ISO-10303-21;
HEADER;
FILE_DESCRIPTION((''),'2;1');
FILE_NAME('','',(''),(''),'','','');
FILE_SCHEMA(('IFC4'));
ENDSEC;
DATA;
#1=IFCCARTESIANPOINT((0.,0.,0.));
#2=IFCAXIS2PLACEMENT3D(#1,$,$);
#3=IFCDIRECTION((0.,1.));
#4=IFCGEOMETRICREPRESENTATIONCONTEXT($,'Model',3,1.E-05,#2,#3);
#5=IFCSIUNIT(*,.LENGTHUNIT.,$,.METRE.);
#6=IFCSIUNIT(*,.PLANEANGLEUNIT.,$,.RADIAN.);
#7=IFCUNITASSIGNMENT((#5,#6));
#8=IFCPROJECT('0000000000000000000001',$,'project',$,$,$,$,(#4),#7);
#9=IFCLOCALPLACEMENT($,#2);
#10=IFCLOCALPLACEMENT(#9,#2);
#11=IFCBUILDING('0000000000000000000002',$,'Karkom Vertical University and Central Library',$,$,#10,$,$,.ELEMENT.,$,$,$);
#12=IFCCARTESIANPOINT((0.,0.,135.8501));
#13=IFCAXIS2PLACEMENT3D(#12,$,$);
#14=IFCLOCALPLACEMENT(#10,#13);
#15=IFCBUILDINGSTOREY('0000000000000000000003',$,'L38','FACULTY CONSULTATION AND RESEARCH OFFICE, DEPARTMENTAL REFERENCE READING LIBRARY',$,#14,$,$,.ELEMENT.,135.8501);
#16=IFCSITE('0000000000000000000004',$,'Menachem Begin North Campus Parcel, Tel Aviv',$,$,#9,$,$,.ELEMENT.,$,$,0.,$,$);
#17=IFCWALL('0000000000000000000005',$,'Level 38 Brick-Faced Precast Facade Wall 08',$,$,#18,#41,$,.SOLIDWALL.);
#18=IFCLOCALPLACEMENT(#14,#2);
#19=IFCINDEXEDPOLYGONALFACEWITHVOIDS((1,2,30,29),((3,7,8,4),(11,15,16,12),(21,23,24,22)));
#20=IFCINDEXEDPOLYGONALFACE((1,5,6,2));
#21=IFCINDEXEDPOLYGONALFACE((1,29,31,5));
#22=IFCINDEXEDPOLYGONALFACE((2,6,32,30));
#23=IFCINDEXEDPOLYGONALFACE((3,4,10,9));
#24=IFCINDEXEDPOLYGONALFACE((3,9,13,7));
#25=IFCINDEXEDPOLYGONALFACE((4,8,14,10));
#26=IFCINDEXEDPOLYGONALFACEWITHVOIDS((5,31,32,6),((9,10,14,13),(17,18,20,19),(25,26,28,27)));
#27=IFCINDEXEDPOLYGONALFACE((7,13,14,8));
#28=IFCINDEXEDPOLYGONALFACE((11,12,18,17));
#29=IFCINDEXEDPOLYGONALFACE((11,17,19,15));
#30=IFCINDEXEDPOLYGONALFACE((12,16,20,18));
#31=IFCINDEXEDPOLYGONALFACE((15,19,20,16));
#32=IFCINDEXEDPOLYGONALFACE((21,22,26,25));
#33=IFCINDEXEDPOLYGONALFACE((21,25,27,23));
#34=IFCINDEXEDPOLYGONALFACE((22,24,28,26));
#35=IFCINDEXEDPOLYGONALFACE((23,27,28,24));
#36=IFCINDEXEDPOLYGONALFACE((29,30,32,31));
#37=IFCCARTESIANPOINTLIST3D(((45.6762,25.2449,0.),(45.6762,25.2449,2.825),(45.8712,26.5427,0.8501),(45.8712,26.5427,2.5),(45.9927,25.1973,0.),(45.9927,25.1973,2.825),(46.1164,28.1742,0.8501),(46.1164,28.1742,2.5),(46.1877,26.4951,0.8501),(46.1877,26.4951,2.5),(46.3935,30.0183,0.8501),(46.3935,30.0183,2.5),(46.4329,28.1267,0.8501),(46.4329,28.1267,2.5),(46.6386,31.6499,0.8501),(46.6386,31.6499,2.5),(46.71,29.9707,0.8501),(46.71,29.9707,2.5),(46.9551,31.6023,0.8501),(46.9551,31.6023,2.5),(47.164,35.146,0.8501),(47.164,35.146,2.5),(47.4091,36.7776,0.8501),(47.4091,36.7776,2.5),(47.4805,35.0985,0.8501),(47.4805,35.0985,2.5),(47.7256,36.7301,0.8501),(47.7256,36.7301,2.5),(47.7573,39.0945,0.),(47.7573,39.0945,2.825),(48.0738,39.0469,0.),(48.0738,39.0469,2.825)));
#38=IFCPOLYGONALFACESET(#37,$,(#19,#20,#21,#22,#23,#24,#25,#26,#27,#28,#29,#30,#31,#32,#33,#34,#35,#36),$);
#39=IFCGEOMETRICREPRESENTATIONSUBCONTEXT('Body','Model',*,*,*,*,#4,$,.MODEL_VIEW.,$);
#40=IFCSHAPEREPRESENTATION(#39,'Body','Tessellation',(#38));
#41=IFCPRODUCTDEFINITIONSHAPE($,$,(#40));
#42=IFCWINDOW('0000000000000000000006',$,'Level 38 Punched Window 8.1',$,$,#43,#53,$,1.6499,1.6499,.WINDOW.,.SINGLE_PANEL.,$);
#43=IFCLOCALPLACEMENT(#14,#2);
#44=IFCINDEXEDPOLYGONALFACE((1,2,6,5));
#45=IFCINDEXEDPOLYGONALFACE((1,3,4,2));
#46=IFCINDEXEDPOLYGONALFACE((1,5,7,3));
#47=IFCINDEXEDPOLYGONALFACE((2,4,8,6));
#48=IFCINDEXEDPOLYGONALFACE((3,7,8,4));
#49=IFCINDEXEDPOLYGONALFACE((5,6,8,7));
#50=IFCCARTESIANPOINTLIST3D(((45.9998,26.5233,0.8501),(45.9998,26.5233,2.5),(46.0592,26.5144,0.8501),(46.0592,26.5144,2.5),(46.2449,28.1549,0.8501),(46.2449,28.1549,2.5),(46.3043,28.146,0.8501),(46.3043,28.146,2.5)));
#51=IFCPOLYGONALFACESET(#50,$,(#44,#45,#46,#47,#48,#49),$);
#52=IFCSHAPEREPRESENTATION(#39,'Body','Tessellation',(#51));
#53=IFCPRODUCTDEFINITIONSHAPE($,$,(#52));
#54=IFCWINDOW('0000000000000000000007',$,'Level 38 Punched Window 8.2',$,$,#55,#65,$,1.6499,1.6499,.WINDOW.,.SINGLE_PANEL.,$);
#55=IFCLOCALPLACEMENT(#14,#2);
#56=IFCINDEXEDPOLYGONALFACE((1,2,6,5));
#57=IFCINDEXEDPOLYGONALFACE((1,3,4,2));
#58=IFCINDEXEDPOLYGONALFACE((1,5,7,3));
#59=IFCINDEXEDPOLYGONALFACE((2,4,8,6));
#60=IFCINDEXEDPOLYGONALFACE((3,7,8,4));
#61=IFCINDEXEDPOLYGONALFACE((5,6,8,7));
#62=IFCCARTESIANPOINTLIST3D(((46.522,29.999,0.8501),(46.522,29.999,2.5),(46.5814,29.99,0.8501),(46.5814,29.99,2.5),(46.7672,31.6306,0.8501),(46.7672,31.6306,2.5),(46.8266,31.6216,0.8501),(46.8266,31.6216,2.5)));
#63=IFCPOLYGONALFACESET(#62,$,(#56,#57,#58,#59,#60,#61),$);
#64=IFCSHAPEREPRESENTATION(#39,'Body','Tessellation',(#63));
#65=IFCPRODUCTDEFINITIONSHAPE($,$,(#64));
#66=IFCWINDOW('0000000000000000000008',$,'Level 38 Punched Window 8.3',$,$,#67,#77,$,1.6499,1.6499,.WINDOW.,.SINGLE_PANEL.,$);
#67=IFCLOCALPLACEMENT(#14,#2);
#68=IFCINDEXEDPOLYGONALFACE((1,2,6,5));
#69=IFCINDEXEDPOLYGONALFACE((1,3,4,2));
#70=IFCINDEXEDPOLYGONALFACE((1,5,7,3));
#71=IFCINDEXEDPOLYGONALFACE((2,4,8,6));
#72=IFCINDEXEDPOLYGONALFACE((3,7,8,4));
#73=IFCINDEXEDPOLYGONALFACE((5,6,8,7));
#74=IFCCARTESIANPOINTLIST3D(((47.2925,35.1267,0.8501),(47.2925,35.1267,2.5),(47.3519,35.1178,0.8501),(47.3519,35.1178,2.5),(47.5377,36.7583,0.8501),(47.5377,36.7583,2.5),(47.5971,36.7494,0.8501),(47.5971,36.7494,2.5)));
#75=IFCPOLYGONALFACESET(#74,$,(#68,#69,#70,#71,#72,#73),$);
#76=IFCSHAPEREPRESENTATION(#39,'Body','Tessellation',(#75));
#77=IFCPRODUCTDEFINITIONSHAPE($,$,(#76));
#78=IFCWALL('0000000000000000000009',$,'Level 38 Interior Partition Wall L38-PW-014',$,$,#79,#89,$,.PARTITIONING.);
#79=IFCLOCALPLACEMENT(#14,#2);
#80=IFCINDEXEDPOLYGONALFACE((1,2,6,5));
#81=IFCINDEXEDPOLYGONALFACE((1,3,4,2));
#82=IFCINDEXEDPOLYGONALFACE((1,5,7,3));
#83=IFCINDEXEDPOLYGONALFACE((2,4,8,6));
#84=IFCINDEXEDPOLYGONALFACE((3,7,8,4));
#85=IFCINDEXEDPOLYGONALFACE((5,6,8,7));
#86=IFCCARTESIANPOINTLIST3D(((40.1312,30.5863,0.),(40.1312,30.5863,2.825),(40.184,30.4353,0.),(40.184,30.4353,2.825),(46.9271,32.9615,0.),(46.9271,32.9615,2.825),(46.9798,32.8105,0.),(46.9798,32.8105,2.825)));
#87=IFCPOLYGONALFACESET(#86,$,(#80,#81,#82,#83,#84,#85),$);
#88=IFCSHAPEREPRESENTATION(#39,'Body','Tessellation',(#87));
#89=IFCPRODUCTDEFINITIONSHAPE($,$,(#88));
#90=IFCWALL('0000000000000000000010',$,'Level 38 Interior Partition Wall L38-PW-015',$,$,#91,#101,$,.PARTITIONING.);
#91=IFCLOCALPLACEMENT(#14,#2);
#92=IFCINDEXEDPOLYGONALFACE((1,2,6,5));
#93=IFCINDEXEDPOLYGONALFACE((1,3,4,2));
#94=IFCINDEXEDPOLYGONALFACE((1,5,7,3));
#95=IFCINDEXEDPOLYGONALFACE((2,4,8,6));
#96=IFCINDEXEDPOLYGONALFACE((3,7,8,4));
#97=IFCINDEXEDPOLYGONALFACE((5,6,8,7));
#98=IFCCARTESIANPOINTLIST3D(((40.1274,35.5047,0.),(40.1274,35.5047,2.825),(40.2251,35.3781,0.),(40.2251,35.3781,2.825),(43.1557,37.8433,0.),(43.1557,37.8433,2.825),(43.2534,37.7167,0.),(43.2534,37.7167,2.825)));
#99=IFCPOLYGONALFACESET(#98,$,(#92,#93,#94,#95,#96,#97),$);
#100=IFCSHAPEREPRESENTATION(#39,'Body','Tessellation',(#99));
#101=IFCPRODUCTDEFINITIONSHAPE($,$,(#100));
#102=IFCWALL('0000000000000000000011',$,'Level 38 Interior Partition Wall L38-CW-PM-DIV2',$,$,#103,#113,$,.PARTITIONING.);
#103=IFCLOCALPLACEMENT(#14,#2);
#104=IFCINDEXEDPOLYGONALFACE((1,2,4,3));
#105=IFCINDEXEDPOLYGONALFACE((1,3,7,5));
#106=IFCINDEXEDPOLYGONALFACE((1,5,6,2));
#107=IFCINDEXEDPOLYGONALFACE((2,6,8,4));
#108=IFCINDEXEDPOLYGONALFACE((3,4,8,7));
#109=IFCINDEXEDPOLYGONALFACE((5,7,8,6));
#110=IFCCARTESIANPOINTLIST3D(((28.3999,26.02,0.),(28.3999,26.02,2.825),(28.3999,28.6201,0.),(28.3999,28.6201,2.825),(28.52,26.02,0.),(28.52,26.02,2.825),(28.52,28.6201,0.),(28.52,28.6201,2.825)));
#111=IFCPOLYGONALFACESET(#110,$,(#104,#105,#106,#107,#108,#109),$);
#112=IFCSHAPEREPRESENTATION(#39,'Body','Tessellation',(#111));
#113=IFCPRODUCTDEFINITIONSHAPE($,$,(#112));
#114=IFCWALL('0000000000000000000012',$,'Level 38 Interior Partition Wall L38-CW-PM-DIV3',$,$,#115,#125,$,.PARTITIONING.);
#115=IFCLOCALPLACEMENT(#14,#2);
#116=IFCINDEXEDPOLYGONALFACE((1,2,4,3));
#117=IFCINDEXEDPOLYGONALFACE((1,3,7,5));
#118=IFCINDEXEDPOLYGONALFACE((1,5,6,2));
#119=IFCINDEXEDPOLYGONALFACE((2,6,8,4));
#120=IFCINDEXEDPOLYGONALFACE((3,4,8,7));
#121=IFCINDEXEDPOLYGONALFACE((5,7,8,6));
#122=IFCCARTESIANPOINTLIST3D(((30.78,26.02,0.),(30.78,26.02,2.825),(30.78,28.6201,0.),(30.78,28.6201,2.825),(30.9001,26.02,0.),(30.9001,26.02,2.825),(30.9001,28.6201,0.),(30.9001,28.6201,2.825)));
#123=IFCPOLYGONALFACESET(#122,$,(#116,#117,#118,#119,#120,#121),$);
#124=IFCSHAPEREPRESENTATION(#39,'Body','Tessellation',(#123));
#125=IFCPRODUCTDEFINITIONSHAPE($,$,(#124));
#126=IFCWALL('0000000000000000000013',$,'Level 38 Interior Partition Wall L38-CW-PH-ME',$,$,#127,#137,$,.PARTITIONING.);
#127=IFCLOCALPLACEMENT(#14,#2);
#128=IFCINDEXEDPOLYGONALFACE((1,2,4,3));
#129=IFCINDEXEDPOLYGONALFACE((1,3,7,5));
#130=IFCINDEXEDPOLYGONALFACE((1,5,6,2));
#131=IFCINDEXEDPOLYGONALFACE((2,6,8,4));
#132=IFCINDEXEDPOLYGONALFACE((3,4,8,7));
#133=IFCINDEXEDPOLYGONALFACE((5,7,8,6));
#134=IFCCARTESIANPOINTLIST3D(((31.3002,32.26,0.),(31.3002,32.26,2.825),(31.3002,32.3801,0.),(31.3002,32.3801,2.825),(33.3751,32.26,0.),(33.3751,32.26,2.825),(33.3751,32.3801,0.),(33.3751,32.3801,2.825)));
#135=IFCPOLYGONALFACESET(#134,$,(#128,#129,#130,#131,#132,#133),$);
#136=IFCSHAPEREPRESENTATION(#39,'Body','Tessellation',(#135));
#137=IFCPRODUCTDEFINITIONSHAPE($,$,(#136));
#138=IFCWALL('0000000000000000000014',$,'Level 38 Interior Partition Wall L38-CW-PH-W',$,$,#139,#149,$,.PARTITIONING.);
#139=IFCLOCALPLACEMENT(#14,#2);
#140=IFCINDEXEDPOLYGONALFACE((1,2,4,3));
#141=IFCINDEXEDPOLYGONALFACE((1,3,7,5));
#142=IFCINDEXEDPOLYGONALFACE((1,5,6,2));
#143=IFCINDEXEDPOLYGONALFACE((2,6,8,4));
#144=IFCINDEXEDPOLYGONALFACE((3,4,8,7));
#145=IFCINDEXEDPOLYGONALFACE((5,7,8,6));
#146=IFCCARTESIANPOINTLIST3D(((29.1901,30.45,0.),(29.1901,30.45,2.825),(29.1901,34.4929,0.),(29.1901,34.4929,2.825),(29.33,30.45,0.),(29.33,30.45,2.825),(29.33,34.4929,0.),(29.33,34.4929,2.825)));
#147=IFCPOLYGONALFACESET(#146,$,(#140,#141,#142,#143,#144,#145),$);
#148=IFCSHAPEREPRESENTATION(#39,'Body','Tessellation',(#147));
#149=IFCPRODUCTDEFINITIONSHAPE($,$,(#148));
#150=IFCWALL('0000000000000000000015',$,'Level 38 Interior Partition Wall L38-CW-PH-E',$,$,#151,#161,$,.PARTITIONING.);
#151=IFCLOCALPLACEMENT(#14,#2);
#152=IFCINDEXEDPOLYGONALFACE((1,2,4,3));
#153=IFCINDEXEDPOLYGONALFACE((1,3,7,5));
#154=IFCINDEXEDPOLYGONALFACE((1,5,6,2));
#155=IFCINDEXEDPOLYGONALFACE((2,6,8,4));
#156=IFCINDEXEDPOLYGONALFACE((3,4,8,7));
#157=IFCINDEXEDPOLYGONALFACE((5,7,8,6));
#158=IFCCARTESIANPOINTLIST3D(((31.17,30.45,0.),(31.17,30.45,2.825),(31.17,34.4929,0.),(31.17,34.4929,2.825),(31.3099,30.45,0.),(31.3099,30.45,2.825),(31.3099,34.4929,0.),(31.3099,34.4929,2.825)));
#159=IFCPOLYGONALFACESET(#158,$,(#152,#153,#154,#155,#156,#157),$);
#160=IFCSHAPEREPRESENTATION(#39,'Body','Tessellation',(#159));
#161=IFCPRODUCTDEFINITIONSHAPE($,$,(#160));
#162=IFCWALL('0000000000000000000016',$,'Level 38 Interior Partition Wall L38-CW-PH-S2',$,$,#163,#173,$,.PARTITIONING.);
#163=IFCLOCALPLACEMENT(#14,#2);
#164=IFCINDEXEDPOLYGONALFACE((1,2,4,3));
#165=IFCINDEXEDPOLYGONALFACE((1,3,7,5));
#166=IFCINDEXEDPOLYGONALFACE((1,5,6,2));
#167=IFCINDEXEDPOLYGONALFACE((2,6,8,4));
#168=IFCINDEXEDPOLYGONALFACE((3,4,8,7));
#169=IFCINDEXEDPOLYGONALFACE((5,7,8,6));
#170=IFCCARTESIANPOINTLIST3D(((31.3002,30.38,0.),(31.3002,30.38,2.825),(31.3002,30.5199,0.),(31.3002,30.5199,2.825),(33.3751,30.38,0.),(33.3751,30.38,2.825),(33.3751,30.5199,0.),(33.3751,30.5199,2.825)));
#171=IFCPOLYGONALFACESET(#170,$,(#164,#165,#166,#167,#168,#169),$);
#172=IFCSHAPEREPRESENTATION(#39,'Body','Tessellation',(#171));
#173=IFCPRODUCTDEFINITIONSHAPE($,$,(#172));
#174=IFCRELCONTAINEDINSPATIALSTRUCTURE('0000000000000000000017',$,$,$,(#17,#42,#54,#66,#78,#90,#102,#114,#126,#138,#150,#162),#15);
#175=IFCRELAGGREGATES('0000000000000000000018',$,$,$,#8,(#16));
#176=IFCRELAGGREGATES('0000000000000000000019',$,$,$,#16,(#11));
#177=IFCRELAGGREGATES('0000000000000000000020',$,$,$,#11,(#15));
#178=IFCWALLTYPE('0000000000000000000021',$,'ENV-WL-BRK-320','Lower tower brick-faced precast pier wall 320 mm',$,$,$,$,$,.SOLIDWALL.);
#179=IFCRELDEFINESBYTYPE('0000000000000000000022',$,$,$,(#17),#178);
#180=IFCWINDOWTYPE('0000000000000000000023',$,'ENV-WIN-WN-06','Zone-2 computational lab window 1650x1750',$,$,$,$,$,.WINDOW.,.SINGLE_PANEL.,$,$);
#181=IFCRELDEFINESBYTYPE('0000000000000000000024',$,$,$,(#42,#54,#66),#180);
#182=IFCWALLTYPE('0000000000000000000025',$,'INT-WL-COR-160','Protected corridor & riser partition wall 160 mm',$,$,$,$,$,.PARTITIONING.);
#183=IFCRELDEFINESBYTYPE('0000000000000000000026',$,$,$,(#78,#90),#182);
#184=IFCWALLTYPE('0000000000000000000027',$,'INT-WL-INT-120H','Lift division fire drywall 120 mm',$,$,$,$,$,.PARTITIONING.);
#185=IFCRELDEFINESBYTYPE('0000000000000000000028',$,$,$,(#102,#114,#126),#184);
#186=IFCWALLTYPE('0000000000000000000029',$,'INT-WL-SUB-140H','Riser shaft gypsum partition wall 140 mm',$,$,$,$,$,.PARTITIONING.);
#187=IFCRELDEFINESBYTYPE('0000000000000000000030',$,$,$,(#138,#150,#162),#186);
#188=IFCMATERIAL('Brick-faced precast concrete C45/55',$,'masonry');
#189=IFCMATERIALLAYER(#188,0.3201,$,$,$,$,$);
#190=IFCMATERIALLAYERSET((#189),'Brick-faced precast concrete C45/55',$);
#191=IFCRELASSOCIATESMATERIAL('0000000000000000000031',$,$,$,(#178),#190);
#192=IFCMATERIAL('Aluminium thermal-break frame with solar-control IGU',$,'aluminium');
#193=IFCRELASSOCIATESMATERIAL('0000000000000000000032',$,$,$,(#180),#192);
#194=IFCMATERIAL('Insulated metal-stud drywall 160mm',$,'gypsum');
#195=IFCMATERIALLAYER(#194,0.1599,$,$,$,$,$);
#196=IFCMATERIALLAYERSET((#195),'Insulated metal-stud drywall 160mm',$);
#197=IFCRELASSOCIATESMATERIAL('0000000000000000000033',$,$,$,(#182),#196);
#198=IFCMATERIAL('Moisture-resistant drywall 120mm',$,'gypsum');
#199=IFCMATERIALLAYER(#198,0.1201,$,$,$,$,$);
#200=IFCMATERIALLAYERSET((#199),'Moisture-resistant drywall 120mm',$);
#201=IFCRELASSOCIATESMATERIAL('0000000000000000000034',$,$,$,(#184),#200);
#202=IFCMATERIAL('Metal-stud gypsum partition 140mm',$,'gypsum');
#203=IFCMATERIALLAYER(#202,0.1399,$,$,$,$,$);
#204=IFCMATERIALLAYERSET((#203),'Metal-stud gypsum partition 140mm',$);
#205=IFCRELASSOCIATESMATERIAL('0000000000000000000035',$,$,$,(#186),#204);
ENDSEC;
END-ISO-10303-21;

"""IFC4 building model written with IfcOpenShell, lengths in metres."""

from ifc_helpers import new_model, si_unit, direction, frame, frame_2d, origin, origin_with_axes, place, context, subcontext, project, spatial, rectangle, extrude, source, transform, mapped, material, layer, layer_set, type_object, element, fill, save


model = new_model("IFC4")

# Units and contexts
model_context = context("Model", 3, precision=1e-05, world=origin(), true_north=direction((0.0, 1.0)))
body_context = subcontext(model_context, "Body", "Model", "MODEL_VIEW")
ifc_project = project(units=[si_unit("LENGTHUNIT", "METRE"), si_unit("PLANEANGLEUNIT", "RADIAN")], contexts=[model_context])

# Site, building, storey
site_placement = place(None, origin())
site = spatial("IfcSite", under=ifc_project, at=site_placement, Name="Menachem Begin North Campus Parcel, Tel Aviv", CompositionType="ELEMENT", RefElevation=0.0)
building_placement = place(site_placement, origin())
building = spatial("IfcBuilding", under=site, at=building_placement, Name="Karkom Vertical University and Central Library", CompositionType="ELEMENT")
storey_placement = place(building_placement, frame((0.0, 0.0, 135.8501)))
storey = spatial("IfcBuildingStorey", under=building, at=storey_placement, Name="L38", Description="FACULTY CONSULTATION AND RESEARCH OFFICE, DEPARTMENTAL REFERENCE READING LIBRARY", CompositionType="ELEMENT", Elevation=135.8501)

# Wall, openings, windows
ifc_material_1 = material(Name="Brick-faced precast concrete C45/55", Category="masonry")
ifc_layer_1 = layer(ifc_material_1, 0.3201)
ifc_layer_set_1 = layer_set([ifc_layer_1], Name="Brick-faced precast concrete C45/55")
wall_type_1 = type_object("IfcWallType", Name="ENV-WL-BRK-320", Description="Lower tower brick-faced precast pier wall 320 mm", PredefinedType="SOLIDWALL", material=ifc_layer_set_1)
wall_1_placement = place(storey_placement, frame((45.8345, 25.2212, 0.0), z_axis=(0.0, 0.0, 1.0), x_axis=(0.148593, 0.988898, 0.0)))
wall_1 = element("IfcWall", 1, at=wall_1_placement, inside=storey, type_object=wall_type_1, Name="Level 38 Brick-Faced Precast Facade Wall 08", PredefinedType="SOLIDWALL", context=body_context, shape_type="SweptSolid", body=[
    extrude(rectangle(XDim=14.0051, YDim=0.3201, at=frame_2d((7.0024, 0.0))), origin(), (0.0, 0.0, 1.0), 2.825),
])
opening_1_placement = place(wall_1_placement, frame((1.3123, 0.0, 0.8501)))
opening_1 = element("IfcOpeningElement", 2, at=opening_1_placement, cuts=wall_1, PredefinedType="OPENING", context=body_context, shape_type="SweptSolid", body=[
    extrude(rectangle(XDim=1.6499, YDim=1.6499, at=frame_2d((0.825, 0.825))), frame((0.0, 0.1699, 0.0), z_axis=(0.0, -1.0, 0.0), x_axis=(1.0, 0.0, 0.0)), (0.0, 0.0, 1.0), 0.3401),
])
opening_2_placement = place(wall_1_placement, frame((4.8269, 0.0, 0.8501)))
opening_2 = element("IfcOpeningElement", 3, at=opening_2_placement, cuts=wall_1, PredefinedType="OPENING", context=body_context, shape_type="SweptSolid", body=[
    extrude(rectangle(XDim=1.6499, YDim=1.6499, at=frame_2d((0.825, 0.825))), frame((0.0, 0.1699, 0.0), z_axis=(0.0, -1.0, 0.0), x_axis=(1.0, 0.0, 0.0)), (0.0, 0.0, 1.0), 0.3401),
])
opening_3_placement = place(wall_1_placement, frame((10.0122, 0.0, 0.8501)))
opening_3 = element("IfcOpeningElement", 4, at=opening_3_placement, cuts=wall_1, PredefinedType="OPENING", context=body_context, shape_type="SweptSolid", body=[
    extrude(rectangle(XDim=1.6499, YDim=1.6499, at=frame_2d((0.825, 0.825))), frame((0.0, 0.1699, 0.0), z_axis=(0.0, -1.0, 0.0), x_axis=(1.0, 0.0, 0.0)), (0.0, 0.0, 1.0), 0.3401),
])
ifc_material_2 = material(Name="Aluminium thermal-break frame with solar-control IGU", Category="aluminium")
window_type = type_object("IfcWindowType", Name="ENV-WIN-WN-06", Description="Zone-2 computational lab window 1650x1750", PartitioningType="SINGLE_PANEL", PredefinedType="WINDOW", material=ifc_material_2)
shared_shape_1 = source(origin_with_axes(), body_context, "Body", "SweptSolid", [
    extrude(rectangle(XDim=1.6499, YDim=1.6499, at=frame_2d((0.825, 0.825))), frame((0.0, 0.03, 0.0), z_axis=(0.0, -1.0, 0.0), x_axis=(1.0, 0.0, 0.0)), (0.0, 0.0, 1.0), 0.0601),
])
window_1_placement = place(opening_1_placement, origin())
window_1 = element("IfcWindow", 5, at=window_1_placement, inside=storey, type_object=window_type, Name="Level 38 Punched Window 8.1", OverallHeight=1.6499, OverallWidth=1.6499, PartitioningType="SINGLE_PANEL", PredefinedType="WINDOW", context=body_context, shape_type="MappedRepresentation", body=[
    mapped(shared_shape_1, transform((0.0, 0.0, 0.0), scale=1.0)),
])
fill(opening_1, window_1)
window_2_placement = place(opening_2_placement, origin())
window_2 = element("IfcWindow", 6, at=window_2_placement, inside=storey, type_object=window_type, Name="Level 38 Punched Window 8.2", OverallHeight=1.6499, OverallWidth=1.6499, PartitioningType="SINGLE_PANEL", PredefinedType="WINDOW", context=body_context, shape_type="MappedRepresentation", body=[
    mapped(shared_shape_1, transform((0.0, 0.0, 0.0), scale=1.0)),
])
fill(opening_2, window_2)
window_3_placement = place(opening_3_placement, origin())
window_3 = element("IfcWindow", 7, at=window_3_placement, inside=storey, type_object=window_type, Name="Level 38 Punched Window 8.3", OverallHeight=1.6499, OverallWidth=1.6499, PartitioningType="SINGLE_PANEL", PredefinedType="WINDOW", context=body_context, shape_type="MappedRepresentation", body=[
    mapped(shared_shape_1, transform((0.0, 0.0, 0.0), scale=1.0)),
])
fill(opening_3, window_3)

# Walls
ifc_material_3 = material(Name="Insulated metal-stud drywall 160mm", Category="gypsum")
ifc_layer_2 = layer(ifc_material_3, 0.1599)
ifc_layer_set_2 = layer_set([ifc_layer_2], Name="Insulated metal-stud drywall 160mm")
wall_type_2 = type_object("IfcWallType", Name="INT-WL-COR-160", Description="Protected corridor & riser partition wall 160 mm", PredefinedType="PARTITIONING", material=ifc_layer_set_2)
wall_2_placement = place(storey_placement, frame((40.1575, 30.5107, 0.0), z_axis=(0.0, 0.0, 1.0), x_axis=(0.944002, 0.32994, 0.0)))
element("IfcWall", 8, at=wall_2_placement, inside=storey, type_object=wall_type_2, Name="Level 38 Interior Partition Wall L38-PW-014", PredefinedType="PARTITIONING", context=body_context, shape_type="SweptSolid", body=[
    extrude(rectangle(XDim=7.199, YDim=0.1599, at=frame_2d((3.5996, 0.0))), origin(), (0.0, 0.0, 1.0), 2.825),
])
wall_3_placement = place(storey_placement, frame((40.1763, 35.4414, 0.0), z_axis=(0.0, 0.0, 1.0), x_axis=(0.791467, 0.611211, 0.0)))
element("IfcWall", 9, at=wall_3_placement, inside=storey, type_object=wall_type_2, Name="Level 38 Interior Partition Wall L38-PW-015", PredefinedType="PARTITIONING", context=body_context, shape_type="SweptSolid", body=[
    extrude(rectangle(XDim=3.8262, YDim=0.1599, at=frame_2d((1.9131, 0.0))), origin(), (0.0, 0.0, 1.0), 2.825),
])
ifc_material_4 = material(Name="Moisture-resistant drywall 120mm", Category="gypsum")
ifc_layer_3 = layer(ifc_material_4, 0.1201)
ifc_layer_set_3 = layer_set([ifc_layer_3], Name="Moisture-resistant drywall 120mm")
wall_type_3 = type_object("IfcWallType", Name="INT-WL-INT-120H", Description="Lift division fire drywall 120 mm", PredefinedType="PARTITIONING", material=ifc_layer_set_3)
for number, where, z_axis, x_axis, name in (
    (10, (28.46, 26.02, 0.0), (0.0, 0.0, 1.0), (0.0, 1.0, 0.0), "Level 38 Interior Partition Wall L38-CW-PM-DIV2"),
    (11, (30.8401, 26.02, 0.0), (0.0, 0.0, 1.0), (0.0, 1.0, 0.0), "Level 38 Interior Partition Wall L38-CW-PM-DIV3"),
):
    element("IfcWall", number, at=place(storey_placement, frame(where, z_axis=z_axis, x_axis=x_axis)), inside=storey, type_object=wall_type_3, Name=name, PredefinedType="PARTITIONING", context=body_context, shape_type="SweptSolid", body=[
        extrude(rectangle(XDim=2.6001, YDim=0.1201, at=frame_2d((1.3, 0.0))), origin(), (0.0, 0.0, 1.0), 2.825),
    ])
wall_4_placement = place(storey_placement, frame((31.3, 32.3201, 0.0), z_axis=(0.0, 0.0, 1.0), x_axis=(1.0, 0.0, 0.0)))
element("IfcWall", 12, at=wall_4_placement, inside=storey, type_object=wall_type_3, Name="Level 38 Interior Partition Wall L38-CW-PH-ME", PredefinedType="PARTITIONING", context=body_context, shape_type="SweptSolid", body=[
    extrude(rectangle(XDim=2.075, YDim=0.1201, at=frame_2d((1.0376, 0.0))), origin(), (0.0, 0.0, 1.0), 2.825),
])
ifc_material_5 = material(Name="Metal-stud gypsum partition 140mm", Category="gypsum")
ifc_layer_4 = layer(ifc_material_5, 0.1399)
ifc_layer_set_4 = layer_set([ifc_layer_4], Name="Metal-stud gypsum partition 140mm")
wall_type_4 = type_object("IfcWallType", Name="INT-WL-SUB-140H", Description="Riser shaft gypsum partition wall 140 mm", PredefinedType="PARTITIONING", material=ifc_layer_set_4)
for number, where, z_axis, x_axis, name in (
    (13, (29.26, 30.45, 0.0), (0.0, 0.0, 1.0), (0.0, 1.0, 0.0), "Level 38 Interior Partition Wall L38-CW-PH-W"),
    (14, (31.24, 30.45, 0.0), (0.0, 0.0, 1.0), (0.0, 1.0, 0.0), "Level 38 Interior Partition Wall L38-CW-PH-E"),
):
    element("IfcWall", number, at=place(storey_placement, frame(where, z_axis=z_axis, x_axis=x_axis)), inside=storey, type_object=wall_type_4, Name=name, PredefinedType="PARTITIONING", context=body_context, shape_type="SweptSolid", body=[
        extrude(rectangle(XDim=4.043, YDim=0.1399, at=frame_2d((2.0215, 0.0))), origin(), (0.0, 0.0, 1.0), 2.825),
    ])
wall_5_placement = place(storey_placement, frame((31.3, 30.45, 0.0), z_axis=(0.0, 0.0, 1.0), x_axis=(1.0, 0.0, 0.0)))
element("IfcWall", 15, at=wall_5_placement, inside=storey, type_object=wall_type_4, Name="Level 38 Interior Partition Wall L38-CW-PH-S2", PredefinedType="PARTITIONING", context=body_context, shape_type="SweptSolid", body=[
    extrude(rectangle(XDim=2.075, YDim=0.1399, at=frame_2d((1.0376, 0.0))), origin(), (0.0, 0.0, 1.0), 2.825),
])

save(model, "model.ifc")
